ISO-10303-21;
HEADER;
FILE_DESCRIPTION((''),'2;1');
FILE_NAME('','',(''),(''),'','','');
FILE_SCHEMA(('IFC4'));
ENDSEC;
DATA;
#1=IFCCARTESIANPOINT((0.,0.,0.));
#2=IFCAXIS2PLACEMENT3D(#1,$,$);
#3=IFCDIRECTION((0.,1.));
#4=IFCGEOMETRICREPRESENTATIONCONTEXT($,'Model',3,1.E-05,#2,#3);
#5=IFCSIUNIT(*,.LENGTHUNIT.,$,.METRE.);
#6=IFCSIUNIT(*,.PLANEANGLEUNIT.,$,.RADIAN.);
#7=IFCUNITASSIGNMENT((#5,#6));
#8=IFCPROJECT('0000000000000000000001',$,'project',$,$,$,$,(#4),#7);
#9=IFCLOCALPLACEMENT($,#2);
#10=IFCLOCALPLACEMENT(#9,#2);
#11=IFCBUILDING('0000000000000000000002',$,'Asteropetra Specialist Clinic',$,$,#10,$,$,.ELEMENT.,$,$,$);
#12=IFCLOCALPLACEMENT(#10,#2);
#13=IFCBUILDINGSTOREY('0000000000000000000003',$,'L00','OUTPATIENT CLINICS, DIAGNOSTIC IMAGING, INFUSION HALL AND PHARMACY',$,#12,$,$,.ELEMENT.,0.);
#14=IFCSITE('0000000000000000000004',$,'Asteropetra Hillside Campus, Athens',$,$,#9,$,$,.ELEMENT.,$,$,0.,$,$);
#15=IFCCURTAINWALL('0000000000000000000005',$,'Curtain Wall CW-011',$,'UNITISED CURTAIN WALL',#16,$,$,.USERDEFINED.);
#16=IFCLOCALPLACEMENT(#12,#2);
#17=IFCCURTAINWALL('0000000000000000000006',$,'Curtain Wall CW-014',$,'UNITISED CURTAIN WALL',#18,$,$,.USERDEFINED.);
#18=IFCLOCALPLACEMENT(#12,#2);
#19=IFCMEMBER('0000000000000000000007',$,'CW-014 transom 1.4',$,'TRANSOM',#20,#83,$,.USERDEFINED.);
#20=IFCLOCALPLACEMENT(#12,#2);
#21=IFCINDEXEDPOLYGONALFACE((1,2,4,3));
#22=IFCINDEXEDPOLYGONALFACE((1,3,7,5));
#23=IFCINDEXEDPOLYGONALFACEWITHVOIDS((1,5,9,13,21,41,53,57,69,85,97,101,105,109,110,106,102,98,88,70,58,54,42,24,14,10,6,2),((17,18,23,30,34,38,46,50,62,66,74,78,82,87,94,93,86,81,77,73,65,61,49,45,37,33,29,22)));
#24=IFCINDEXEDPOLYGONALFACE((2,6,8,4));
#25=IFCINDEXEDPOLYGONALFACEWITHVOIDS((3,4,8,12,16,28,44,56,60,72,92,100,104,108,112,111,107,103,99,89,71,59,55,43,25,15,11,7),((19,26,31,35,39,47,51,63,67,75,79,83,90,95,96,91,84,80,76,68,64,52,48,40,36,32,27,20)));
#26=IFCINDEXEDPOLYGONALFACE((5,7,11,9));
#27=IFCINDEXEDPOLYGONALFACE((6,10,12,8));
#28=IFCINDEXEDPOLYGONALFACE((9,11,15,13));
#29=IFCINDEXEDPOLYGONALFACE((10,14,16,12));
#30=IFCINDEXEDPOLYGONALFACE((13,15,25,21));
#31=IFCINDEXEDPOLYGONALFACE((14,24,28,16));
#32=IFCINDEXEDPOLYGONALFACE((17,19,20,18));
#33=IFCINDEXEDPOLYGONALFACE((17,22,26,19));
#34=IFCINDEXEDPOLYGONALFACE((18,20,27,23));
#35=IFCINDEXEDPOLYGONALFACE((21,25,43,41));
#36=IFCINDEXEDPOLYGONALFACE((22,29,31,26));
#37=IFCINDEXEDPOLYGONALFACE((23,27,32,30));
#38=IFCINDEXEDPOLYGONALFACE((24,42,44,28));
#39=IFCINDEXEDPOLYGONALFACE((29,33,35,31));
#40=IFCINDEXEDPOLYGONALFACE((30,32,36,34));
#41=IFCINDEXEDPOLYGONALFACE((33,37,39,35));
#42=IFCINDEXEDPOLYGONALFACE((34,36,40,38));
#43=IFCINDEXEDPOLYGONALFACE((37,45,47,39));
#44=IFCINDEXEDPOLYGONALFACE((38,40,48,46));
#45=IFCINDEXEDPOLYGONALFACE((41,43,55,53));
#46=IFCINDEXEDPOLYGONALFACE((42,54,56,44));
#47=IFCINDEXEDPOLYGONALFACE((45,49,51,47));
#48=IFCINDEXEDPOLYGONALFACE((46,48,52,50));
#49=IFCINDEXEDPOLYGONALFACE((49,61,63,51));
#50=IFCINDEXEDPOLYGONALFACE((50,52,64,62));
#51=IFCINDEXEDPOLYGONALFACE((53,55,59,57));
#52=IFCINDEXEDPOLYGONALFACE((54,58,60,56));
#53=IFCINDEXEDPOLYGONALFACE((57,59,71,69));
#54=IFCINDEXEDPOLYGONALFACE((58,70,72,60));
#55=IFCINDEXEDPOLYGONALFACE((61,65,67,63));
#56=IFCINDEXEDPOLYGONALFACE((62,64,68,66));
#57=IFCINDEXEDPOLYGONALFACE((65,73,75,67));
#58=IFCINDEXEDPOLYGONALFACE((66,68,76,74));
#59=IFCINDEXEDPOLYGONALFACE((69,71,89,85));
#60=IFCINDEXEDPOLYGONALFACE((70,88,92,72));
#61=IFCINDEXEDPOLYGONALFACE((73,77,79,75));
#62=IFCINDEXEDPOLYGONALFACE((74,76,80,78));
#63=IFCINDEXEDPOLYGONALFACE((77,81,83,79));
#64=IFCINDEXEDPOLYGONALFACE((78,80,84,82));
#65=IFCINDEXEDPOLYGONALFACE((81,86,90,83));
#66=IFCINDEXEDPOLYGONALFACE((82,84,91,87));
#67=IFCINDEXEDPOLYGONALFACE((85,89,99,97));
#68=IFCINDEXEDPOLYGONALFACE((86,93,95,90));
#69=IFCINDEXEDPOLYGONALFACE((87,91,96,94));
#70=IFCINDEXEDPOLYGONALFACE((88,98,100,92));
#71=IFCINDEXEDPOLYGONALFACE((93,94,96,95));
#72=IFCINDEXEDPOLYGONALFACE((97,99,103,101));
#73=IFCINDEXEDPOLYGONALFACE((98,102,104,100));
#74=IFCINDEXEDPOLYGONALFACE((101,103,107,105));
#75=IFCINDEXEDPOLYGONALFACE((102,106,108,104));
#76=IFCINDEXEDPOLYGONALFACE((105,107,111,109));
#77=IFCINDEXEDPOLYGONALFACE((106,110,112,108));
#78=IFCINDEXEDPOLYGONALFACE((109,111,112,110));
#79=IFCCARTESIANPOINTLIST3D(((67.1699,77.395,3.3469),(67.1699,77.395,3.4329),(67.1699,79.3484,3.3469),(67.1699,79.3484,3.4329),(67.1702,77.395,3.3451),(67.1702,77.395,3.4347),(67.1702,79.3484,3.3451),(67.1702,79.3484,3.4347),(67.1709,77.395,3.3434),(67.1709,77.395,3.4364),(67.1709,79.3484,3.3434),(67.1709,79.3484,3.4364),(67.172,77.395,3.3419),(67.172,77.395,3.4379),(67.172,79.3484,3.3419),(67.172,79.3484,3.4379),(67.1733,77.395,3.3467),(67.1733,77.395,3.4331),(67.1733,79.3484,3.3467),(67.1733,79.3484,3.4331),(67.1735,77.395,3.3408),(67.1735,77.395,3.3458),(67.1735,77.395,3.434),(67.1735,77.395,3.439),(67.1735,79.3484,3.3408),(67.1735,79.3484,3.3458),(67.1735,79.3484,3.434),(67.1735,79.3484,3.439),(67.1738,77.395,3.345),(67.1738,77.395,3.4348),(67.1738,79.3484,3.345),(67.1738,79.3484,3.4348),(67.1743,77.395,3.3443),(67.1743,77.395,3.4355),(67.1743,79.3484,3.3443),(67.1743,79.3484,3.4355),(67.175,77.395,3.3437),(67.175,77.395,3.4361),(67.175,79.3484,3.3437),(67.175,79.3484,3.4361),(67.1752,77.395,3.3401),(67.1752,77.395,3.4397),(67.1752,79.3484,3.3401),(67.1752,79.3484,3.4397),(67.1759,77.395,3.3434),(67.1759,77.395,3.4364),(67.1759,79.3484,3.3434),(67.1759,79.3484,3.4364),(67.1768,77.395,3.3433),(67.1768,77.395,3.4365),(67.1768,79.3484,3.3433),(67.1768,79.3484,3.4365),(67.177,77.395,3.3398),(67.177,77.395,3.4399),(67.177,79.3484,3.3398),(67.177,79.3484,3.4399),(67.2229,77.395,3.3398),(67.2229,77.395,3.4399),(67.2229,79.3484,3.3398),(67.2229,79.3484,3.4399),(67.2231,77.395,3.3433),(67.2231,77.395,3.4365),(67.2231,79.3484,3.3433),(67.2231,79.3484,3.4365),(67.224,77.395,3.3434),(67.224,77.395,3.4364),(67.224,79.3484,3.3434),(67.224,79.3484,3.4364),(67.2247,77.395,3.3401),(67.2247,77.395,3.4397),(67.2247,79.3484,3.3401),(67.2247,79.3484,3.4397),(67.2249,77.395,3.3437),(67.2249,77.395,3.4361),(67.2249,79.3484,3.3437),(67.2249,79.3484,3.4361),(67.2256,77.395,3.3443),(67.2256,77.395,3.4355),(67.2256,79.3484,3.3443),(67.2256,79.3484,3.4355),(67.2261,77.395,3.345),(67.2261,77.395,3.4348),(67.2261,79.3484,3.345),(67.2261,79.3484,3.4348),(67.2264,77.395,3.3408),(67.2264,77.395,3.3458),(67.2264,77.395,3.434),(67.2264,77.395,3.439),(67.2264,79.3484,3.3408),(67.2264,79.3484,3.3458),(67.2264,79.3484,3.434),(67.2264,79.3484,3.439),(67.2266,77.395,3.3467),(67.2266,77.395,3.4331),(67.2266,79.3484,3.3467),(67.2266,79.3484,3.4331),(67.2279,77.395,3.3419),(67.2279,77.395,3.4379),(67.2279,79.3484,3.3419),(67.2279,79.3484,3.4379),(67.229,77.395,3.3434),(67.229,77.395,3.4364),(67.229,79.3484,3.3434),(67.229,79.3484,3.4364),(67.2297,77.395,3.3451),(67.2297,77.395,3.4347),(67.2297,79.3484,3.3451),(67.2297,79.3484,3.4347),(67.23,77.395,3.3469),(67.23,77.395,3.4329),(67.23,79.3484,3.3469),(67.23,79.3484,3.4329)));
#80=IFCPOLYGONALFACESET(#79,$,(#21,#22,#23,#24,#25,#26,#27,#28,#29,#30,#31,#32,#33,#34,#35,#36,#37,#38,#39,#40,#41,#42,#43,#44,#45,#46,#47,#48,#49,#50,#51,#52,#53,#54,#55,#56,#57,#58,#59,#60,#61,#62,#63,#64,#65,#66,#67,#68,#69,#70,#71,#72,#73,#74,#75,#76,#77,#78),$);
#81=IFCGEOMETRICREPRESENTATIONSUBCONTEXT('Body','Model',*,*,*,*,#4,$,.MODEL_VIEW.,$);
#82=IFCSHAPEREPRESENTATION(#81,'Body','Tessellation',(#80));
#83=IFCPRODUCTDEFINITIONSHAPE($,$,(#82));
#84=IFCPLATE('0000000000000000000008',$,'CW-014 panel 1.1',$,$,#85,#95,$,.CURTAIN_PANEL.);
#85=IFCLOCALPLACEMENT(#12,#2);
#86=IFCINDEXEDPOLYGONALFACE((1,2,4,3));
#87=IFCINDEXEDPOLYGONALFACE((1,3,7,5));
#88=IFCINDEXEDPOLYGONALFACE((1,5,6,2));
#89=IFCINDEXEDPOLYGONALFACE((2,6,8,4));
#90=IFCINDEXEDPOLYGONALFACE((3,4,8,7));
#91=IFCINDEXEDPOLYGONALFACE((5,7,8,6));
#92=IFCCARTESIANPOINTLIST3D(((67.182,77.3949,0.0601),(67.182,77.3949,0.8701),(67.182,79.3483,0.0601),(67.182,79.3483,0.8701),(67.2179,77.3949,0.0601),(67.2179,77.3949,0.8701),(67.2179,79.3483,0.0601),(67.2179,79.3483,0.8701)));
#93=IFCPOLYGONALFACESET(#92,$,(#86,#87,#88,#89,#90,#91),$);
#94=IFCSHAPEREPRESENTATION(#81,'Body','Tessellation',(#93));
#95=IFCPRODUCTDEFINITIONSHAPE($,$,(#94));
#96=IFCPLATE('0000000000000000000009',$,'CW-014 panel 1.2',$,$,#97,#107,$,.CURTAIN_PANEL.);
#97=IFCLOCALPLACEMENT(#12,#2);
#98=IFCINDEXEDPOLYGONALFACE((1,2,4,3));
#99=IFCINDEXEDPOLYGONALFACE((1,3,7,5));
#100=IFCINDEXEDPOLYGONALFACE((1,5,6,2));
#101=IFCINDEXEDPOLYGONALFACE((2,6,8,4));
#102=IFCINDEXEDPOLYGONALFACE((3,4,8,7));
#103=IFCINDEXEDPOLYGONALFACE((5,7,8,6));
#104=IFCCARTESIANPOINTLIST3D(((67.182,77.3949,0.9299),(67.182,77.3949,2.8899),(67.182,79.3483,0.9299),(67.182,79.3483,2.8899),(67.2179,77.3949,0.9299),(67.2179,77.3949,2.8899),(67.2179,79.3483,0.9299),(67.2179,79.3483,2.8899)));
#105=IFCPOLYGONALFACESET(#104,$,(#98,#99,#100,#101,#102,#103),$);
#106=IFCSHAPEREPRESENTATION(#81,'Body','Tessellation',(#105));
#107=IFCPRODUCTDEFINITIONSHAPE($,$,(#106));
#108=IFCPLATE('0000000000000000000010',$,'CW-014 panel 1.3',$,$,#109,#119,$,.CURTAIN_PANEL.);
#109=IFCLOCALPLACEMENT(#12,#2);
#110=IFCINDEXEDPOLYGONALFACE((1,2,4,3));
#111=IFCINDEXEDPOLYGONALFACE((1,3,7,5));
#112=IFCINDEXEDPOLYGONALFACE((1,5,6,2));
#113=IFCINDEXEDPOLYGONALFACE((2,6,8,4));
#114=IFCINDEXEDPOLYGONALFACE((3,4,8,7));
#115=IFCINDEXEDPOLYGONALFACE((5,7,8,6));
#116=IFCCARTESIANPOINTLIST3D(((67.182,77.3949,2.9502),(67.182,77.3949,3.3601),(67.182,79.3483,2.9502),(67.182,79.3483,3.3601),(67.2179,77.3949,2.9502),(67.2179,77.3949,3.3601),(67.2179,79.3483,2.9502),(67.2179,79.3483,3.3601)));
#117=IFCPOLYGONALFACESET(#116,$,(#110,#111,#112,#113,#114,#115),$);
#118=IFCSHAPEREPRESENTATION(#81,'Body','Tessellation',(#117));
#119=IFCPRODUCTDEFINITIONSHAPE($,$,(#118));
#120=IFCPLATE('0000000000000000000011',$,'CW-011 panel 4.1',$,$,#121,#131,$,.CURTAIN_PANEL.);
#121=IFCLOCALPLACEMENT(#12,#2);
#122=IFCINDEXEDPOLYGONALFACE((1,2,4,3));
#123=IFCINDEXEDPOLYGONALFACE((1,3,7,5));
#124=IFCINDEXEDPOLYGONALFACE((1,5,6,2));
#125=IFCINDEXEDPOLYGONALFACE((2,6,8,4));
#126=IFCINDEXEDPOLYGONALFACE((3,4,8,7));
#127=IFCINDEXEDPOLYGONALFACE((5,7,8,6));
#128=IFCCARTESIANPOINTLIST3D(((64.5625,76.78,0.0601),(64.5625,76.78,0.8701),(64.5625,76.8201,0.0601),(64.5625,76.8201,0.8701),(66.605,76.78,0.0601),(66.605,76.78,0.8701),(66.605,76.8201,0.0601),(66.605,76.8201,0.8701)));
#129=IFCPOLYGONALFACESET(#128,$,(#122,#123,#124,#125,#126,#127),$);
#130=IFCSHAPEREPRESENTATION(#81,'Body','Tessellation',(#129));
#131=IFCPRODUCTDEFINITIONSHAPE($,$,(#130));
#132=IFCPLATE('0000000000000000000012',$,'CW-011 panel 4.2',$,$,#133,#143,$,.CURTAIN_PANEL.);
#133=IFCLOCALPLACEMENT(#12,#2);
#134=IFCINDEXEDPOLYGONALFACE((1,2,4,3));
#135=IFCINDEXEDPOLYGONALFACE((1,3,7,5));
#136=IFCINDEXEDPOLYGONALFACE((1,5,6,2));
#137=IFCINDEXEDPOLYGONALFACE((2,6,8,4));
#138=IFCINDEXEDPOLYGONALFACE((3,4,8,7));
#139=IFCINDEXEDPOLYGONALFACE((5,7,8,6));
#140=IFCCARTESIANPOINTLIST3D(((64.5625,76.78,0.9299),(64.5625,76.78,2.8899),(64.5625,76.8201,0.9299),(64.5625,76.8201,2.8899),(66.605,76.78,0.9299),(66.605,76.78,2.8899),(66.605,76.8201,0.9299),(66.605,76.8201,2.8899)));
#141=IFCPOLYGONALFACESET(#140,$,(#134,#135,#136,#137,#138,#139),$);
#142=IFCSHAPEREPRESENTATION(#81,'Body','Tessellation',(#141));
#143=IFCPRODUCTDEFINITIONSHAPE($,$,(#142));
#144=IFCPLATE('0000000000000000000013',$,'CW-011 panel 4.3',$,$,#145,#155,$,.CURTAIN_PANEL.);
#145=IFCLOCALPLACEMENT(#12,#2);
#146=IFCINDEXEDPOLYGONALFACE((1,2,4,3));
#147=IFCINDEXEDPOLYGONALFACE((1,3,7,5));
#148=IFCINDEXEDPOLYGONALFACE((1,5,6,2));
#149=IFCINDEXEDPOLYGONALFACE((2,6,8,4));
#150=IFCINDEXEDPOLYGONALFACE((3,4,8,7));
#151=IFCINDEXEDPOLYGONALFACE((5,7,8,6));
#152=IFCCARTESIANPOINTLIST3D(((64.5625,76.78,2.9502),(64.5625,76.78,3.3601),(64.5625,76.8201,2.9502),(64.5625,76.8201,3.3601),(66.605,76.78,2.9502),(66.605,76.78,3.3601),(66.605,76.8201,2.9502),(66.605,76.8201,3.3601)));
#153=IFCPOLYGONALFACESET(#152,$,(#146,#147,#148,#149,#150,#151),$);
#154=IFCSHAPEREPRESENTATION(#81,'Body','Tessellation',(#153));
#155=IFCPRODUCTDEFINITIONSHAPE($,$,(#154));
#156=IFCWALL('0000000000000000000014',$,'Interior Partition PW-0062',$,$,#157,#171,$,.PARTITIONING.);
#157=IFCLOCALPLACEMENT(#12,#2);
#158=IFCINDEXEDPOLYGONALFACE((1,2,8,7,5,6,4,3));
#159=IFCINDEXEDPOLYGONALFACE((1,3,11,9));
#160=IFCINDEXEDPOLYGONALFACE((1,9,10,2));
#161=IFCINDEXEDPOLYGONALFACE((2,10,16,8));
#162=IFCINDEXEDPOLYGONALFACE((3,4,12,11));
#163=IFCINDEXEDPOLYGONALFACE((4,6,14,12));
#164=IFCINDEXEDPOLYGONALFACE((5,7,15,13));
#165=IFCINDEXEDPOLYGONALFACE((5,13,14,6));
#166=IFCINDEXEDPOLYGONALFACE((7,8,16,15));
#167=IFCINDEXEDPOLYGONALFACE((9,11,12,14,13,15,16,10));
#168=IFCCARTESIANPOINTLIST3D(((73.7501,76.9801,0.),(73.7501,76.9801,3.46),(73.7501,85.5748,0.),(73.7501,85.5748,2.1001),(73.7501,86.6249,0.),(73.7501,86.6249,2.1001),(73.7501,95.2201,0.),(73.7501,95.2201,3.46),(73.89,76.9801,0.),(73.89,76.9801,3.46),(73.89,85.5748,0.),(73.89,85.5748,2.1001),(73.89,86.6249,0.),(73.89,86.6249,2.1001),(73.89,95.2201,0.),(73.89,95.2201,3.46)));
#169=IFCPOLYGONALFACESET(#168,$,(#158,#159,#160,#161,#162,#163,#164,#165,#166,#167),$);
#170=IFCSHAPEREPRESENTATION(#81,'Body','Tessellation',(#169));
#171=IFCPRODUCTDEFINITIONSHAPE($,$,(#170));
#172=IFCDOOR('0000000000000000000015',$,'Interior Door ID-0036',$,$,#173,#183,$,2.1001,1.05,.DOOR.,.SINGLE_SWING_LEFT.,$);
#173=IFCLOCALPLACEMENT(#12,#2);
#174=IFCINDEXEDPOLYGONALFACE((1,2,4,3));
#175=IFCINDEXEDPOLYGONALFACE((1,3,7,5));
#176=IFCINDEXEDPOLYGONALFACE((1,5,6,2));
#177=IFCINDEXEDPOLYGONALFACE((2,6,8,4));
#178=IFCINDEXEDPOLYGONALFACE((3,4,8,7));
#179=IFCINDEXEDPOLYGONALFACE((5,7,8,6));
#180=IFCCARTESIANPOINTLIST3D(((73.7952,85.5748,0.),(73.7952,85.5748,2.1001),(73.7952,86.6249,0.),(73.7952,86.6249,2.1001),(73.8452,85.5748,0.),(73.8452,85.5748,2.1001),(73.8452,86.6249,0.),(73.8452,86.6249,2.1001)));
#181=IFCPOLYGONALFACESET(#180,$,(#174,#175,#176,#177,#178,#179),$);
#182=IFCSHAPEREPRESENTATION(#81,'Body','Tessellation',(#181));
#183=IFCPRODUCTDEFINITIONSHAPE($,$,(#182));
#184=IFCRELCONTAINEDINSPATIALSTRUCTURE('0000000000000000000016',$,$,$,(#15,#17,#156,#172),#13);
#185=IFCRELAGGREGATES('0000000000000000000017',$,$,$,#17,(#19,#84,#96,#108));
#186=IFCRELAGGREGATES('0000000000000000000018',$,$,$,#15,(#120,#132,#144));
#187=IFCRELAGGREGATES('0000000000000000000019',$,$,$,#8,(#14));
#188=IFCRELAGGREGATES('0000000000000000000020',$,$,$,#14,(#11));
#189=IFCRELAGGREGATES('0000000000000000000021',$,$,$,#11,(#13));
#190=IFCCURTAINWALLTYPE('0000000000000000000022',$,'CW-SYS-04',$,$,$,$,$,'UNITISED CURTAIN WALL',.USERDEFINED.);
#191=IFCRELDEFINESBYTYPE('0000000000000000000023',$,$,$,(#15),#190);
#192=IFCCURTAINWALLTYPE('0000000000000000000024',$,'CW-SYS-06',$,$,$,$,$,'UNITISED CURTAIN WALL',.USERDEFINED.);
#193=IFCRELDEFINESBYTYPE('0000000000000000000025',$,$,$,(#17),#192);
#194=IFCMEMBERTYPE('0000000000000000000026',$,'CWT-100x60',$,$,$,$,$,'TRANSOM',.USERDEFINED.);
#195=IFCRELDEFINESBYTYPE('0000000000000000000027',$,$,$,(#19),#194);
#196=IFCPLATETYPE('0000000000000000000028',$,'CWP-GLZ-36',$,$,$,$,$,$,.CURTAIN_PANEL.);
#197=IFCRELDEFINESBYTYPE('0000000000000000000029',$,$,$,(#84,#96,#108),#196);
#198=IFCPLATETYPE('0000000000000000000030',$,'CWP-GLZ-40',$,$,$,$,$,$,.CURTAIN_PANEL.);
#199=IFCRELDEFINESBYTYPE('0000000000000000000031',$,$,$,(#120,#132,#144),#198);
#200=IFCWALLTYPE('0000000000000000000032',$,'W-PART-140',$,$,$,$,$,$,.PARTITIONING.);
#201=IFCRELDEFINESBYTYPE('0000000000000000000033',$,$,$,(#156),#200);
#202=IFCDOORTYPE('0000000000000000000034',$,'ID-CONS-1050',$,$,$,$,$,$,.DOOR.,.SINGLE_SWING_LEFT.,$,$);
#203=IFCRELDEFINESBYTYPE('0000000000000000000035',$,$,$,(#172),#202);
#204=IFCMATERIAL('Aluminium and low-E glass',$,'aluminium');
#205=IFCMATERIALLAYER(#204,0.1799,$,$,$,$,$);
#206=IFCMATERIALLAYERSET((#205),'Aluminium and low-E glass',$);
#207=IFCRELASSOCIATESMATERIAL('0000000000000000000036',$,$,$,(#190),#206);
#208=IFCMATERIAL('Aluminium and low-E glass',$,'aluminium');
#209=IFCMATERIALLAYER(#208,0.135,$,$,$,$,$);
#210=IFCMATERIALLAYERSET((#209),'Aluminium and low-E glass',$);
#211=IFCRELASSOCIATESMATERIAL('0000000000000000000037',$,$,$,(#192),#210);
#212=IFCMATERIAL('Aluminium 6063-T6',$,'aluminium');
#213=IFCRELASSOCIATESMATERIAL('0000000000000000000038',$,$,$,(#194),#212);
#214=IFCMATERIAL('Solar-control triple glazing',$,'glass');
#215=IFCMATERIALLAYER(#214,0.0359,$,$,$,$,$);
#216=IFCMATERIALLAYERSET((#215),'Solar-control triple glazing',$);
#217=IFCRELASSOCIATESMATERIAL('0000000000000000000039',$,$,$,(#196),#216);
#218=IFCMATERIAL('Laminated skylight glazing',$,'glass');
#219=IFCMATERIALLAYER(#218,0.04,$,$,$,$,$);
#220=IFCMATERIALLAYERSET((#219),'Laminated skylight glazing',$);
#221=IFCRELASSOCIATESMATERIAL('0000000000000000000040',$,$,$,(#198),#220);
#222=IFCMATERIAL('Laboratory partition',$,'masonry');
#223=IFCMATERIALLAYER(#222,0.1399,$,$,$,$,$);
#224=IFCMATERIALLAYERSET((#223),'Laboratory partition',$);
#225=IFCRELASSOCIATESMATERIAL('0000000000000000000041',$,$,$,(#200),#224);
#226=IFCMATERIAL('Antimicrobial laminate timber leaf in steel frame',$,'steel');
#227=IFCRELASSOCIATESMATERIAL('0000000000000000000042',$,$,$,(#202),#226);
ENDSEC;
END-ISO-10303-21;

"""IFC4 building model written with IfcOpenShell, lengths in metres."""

from ifc_helpers import new_model, si_unit, direction, frame, frame_2d, origin, origin_2d, place, context, subcontext, project, spatial, rectangle, hollow_rectangle, extrude, material, layer, layer_set, material_profile, profile_set, type_object, element, fill, aggregate, save


model = new_model("IFC4")

# Units and contexts
model_context = context("Model", 3, precision=1e-05, world=origin(), true_north=direction((0.0, 1.0)))
body_context = subcontext(model_context, "Body", "Model", "MODEL_VIEW")
ifc_project = project(units=[si_unit("LENGTHUNIT", "METRE"), si_unit("PLANEANGLEUNIT", "RADIAN")], contexts=[model_context])

# Site, building, storey
site_placement = place(None, origin())
site = spatial("IfcSite", under=ifc_project, at=site_placement, Name="Asteropetra Hillside Campus, Athens", CompositionType="ELEMENT", RefElevation=0.0)
building_placement = place(site_placement, origin())
building = spatial("IfcBuilding", under=site, at=building_placement, Name="Asteropetra Specialist Clinic", CompositionType="ELEMENT")
storey_placement = place(building_placement, origin())
storey = spatial("IfcBuildingStorey", under=building, at=storey_placement, Name="L00", Description="OUTPATIENT CLINICS, DIAGNOSTIC IMAGING, INFUSION HALL AND PHARMACY", CompositionType="ELEMENT", Elevation=0.0)

# Curtain wall
ifc_material_1 = material(Name="Aluminium and low-E glass", Category="aluminium")
ifc_layer_1 = layer(ifc_material_1, 0.1799)
ifc_layer_set_1 = layer_set([ifc_layer_1], Name="Aluminium and low-E glass")
curtain_wall_type_1 = type_object("IfcCurtainWallType", Name="CW-SYS-04", ElementType="UNITISED CURTAIN WALL", PredefinedType="USERDEFINED", material=ifc_layer_set_1)
curtain_wall_1_placement = place(storey_placement, origin())
curtain_wall_1 = element("IfcCurtainWall", 1, at=curtain_wall_1_placement, inside=storey, type_object=curtain_wall_type_1, Name="Curtain Wall CW-011", ObjectType="UNITISED CURTAIN WALL", PredefinedType="USERDEFINED")

# Curtain wall, member, plates
ifc_material_2 = material(Name="Aluminium and low-E glass", Category="aluminium")
ifc_layer_2 = layer(ifc_material_2, 0.135)
ifc_layer_set_2 = layer_set([ifc_layer_2], Name="Aluminium and low-E glass")
curtain_wall_type_2 = type_object("IfcCurtainWallType", Name="CW-SYS-06", ElementType="UNITISED CURTAIN WALL", PredefinedType="USERDEFINED", material=ifc_layer_set_2)
curtain_wall_2_placement = place(storey_placement, origin())
curtain_wall_2 = element("IfcCurtainWall", 2, at=curtain_wall_2_placement, inside=storey, type_object=curtain_wall_type_2, Name="Curtain Wall CW-014", ObjectType="UNITISED CURTAIN WALL", PredefinedType="USERDEFINED")
ifc_material_3 = material(Name="Aluminium 6063-T6", Category="aluminium")
ifc_material_profile_1 = material_profile(ifc_material_3, hollow_rectangle(XDim=0.0601, YDim=0.1001, WallThickness=0.0034, InnerFilletRadius=0.0034, OuterFilletRadius=0.0071, at=origin_2d()), Name="TRN 100x60x3.5")
ifc_profile_set_1 = profile_set([ifc_material_profile_1], Name="Aluminium 6063-T6")
member_type_1 = type_object("IfcMemberType", Name="CWT-100x60", ElementType="TRANSOM", PredefinedType="USERDEFINED", material=ifc_profile_set_1)
member_1_placement = place(storey_placement, frame((67.2, 77.395, 3.3899), z_axis=(0.0, 1.0, 0.0), x_axis=(-1.0, 0.0, 0.0)))
member_1 = element("IfcMember", 3, at=member_1_placement, type_object=member_type_1, Name="CW-014 transom 1.4", ObjectType="TRANSOM", PredefinedType="USERDEFINED", context=body_context, shape_type="SweptSolid", body=[
    extrude(hollow_rectangle(XDim=0.0601, YDim=0.1001, WallThickness=0.0034, InnerFilletRadius=0.0034, OuterFilletRadius=0.0071, at=origin_2d()), origin(), (0.0, 0.0, 1.0), 1.9534),
])
ifc_material_4 = material(Name="Solar-control triple glazing", Category="glass")
ifc_layer_3 = layer(ifc_material_4, 0.0359)
ifc_layer_set_3 = layer_set([ifc_layer_3], Name="Solar-control triple glazing")
plate_type_1 = type_object("IfcPlateType", Name="CWP-GLZ-36", PredefinedType="CURTAIN_PANEL", material=ifc_layer_set_3)
plate_1_placement = place(storey_placement, frame((67.2, 78.3716, 0.0601), z_axis=(0.0, 0.0, 1.0), x_axis=(0.0, 1.0, 0.0)))
plate_1 = element("IfcPlate", 4, at=plate_1_placement, type_object=plate_type_1, Name="CW-014 panel 1.1", PredefinedType="CURTAIN_PANEL", context=body_context, shape_type="SweptSolid", body=[
    extrude(rectangle(XDim=1.9534, YDim=0.0359, at=origin_2d()), origin(), (0.0, 0.0, 1.0), 0.8101),
])
plate_2_placement = place(storey_placement, frame((67.2, 78.3716, 0.9299), z_axis=(0.0, 0.0, 1.0), x_axis=(0.0, 1.0, 0.0)))
plate_2 = element("IfcPlate", 5, at=plate_2_placement, type_object=plate_type_1, Name="CW-014 panel 1.2", PredefinedType="CURTAIN_PANEL", context=body_context, shape_type="SweptSolid", body=[
    extrude(rectangle(XDim=1.9534, YDim=0.0359, at=origin_2d()), origin(), (0.0, 0.0, 1.0), 1.96),
])
plate_3_placement = place(storey_placement, frame((67.2, 78.3716, 2.9502), z_axis=(0.0, 0.0, 1.0), x_axis=(0.0, 1.0, 0.0)))
plate_3 = element("IfcPlate", 6, at=plate_3_placement, type_object=plate_type_1, Name="CW-014 panel 1.3", PredefinedType="CURTAIN_PANEL", context=body_context, shape_type="SweptSolid", body=[
    extrude(rectangle(XDim=1.9534, YDim=0.0359, at=origin_2d()), origin(), (0.0, 0.0, 1.0), 0.4099),
])
aggregate(curtain_wall_2, [member_1, plate_1, plate_2, plate_3])

# Plates
ifc_material_5 = material(Name="Laminated skylight glazing", Category="glass")
ifc_layer_4 = layer(ifc_material_5, 0.04)
ifc_layer_set_4 = layer_set([ifc_layer_4], Name="Laminated skylight glazing")
plate_type_2 = type_object("IfcPlateType", Name="CWP-GLZ-40", PredefinedType="CURTAIN_PANEL", material=ifc_layer_set_4)
plate_4_placement = place(storey_placement, frame((65.5837, 76.8, 0.0601), z_axis=(0.0, 0.0, 1.0), x_axis=(1.0, 0.0, 0.0)))
plate_4 = element("IfcPlate", 7, at=plate_4_placement, type_object=plate_type_2, Name="CW-011 panel 4.1", PredefinedType="CURTAIN_PANEL", context=body_context, shape_type="SweptSolid", body=[
    extrude(rectangle(XDim=2.0425, YDim=0.04, at=origin_2d()), origin(), (0.0, 0.0, 1.0), 0.8101),
])
plate_5_placement = place(storey_placement, frame((65.5837, 76.8, 0.9299), z_axis=(0.0, 0.0, 1.0), x_axis=(1.0, 0.0, 0.0)))
plate_5 = element("IfcPlate", 8, at=plate_5_placement, type_object=plate_type_2, Name="CW-011 panel 4.2", PredefinedType="CURTAIN_PANEL", context=body_context, shape_type="SweptSolid", body=[
    extrude(rectangle(XDim=2.0425, YDim=0.04, at=origin_2d()), origin(), (0.0, 0.0, 1.0), 1.96),
])
plate_6_placement = place(storey_placement, frame((65.5837, 76.8, 2.9502), z_axis=(0.0, 0.0, 1.0), x_axis=(1.0, 0.0, 0.0)))
plate_6 = element("IfcPlate", 9, at=plate_6_placement, type_object=plate_type_2, Name="CW-011 panel 4.3", PredefinedType="CURTAIN_PANEL", context=body_context, shape_type="SweptSolid", body=[
    extrude(rectangle(XDim=2.0425, YDim=0.04, at=origin_2d()), origin(), (0.0, 0.0, 1.0), 0.4099),
])
aggregate(curtain_wall_1, [plate_4, plate_5, plate_6])

# Wall, opening, door
ifc_material_6 = material(Name="Laboratory partition", Category="masonry")
ifc_layer_5 = layer(ifc_material_6, 0.1399)
ifc_layer_set_5 = layer_set([ifc_layer_5], Name="Laboratory partition")
wall_type = type_object("IfcWallType", Name="W-PART-140", PredefinedType="PARTITIONING", material=ifc_layer_set_5)
wall_placement = place(storey_placement, frame((73.8201, 76.98, 0.0), z_axis=(0.0, 0.0, 1.0), x_axis=(0.0, 1.0, 0.0)))
wall = element("IfcWall", 10, at=wall_placement, inside=storey, type_object=wall_type, Name="Interior Partition PW-0062", PredefinedType="PARTITIONING", context=body_context, shape_type="SweptSolid", body=[
    extrude(rectangle(XDim=18.24, YDim=0.1399, at=frame_2d((9.1201, 0.0))), origin(), (0.0, 0.0, 1.0), 3.46),
])
opening_placement = place(wall_placement, frame((8.595, 0.0, 0.0)))
opening = element("IfcOpeningElement", 11, at=opening_placement, cuts=wall, PredefinedType="OPENING", context=body_context, shape_type="SweptSolid", body=[
    extrude(rectangle(XDim=1.05, YDim=2.1001, at=frame_2d((0.5249, 1.05))), frame((0.0, 0.0798, 0.0), z_axis=(0.0, -1.0, 0.0), x_axis=(1.0, 0.0, 0.0)), (0.0, 0.0, 1.0), 0.1599),
])
ifc_material_7 = material(Name="Antimicrobial laminate timber leaf in steel frame", Category="steel")
door_type = type_object("IfcDoorType", Name="ID-CONS-1050", OperationType="SINGLE_SWING_LEFT", PredefinedType="DOOR", material=ifc_material_7)
door_placement = place(opening_placement, origin())
door = element("IfcDoor", 12, at=door_placement, inside=storey, type_object=door_type, Name="Interior Door ID-0036", OperationType="SINGLE_SWING_LEFT", OverallHeight=2.1001, OverallWidth=1.05, PredefinedType="DOOR", context=body_context, shape_type="SweptSolid", body=[
    extrude(rectangle(XDim=1.05, YDim=2.1001, at=frame_2d((0.5249, 1.05))), frame((0.0, 0.0249, 0.0), z_axis=(0.0, -1.0, 0.0), x_axis=(1.0, 0.0, 0.0)), (0.0, 0.0, 1.0), 0.05),
])
fill(opening, door)

save(model, "model.ifc")
